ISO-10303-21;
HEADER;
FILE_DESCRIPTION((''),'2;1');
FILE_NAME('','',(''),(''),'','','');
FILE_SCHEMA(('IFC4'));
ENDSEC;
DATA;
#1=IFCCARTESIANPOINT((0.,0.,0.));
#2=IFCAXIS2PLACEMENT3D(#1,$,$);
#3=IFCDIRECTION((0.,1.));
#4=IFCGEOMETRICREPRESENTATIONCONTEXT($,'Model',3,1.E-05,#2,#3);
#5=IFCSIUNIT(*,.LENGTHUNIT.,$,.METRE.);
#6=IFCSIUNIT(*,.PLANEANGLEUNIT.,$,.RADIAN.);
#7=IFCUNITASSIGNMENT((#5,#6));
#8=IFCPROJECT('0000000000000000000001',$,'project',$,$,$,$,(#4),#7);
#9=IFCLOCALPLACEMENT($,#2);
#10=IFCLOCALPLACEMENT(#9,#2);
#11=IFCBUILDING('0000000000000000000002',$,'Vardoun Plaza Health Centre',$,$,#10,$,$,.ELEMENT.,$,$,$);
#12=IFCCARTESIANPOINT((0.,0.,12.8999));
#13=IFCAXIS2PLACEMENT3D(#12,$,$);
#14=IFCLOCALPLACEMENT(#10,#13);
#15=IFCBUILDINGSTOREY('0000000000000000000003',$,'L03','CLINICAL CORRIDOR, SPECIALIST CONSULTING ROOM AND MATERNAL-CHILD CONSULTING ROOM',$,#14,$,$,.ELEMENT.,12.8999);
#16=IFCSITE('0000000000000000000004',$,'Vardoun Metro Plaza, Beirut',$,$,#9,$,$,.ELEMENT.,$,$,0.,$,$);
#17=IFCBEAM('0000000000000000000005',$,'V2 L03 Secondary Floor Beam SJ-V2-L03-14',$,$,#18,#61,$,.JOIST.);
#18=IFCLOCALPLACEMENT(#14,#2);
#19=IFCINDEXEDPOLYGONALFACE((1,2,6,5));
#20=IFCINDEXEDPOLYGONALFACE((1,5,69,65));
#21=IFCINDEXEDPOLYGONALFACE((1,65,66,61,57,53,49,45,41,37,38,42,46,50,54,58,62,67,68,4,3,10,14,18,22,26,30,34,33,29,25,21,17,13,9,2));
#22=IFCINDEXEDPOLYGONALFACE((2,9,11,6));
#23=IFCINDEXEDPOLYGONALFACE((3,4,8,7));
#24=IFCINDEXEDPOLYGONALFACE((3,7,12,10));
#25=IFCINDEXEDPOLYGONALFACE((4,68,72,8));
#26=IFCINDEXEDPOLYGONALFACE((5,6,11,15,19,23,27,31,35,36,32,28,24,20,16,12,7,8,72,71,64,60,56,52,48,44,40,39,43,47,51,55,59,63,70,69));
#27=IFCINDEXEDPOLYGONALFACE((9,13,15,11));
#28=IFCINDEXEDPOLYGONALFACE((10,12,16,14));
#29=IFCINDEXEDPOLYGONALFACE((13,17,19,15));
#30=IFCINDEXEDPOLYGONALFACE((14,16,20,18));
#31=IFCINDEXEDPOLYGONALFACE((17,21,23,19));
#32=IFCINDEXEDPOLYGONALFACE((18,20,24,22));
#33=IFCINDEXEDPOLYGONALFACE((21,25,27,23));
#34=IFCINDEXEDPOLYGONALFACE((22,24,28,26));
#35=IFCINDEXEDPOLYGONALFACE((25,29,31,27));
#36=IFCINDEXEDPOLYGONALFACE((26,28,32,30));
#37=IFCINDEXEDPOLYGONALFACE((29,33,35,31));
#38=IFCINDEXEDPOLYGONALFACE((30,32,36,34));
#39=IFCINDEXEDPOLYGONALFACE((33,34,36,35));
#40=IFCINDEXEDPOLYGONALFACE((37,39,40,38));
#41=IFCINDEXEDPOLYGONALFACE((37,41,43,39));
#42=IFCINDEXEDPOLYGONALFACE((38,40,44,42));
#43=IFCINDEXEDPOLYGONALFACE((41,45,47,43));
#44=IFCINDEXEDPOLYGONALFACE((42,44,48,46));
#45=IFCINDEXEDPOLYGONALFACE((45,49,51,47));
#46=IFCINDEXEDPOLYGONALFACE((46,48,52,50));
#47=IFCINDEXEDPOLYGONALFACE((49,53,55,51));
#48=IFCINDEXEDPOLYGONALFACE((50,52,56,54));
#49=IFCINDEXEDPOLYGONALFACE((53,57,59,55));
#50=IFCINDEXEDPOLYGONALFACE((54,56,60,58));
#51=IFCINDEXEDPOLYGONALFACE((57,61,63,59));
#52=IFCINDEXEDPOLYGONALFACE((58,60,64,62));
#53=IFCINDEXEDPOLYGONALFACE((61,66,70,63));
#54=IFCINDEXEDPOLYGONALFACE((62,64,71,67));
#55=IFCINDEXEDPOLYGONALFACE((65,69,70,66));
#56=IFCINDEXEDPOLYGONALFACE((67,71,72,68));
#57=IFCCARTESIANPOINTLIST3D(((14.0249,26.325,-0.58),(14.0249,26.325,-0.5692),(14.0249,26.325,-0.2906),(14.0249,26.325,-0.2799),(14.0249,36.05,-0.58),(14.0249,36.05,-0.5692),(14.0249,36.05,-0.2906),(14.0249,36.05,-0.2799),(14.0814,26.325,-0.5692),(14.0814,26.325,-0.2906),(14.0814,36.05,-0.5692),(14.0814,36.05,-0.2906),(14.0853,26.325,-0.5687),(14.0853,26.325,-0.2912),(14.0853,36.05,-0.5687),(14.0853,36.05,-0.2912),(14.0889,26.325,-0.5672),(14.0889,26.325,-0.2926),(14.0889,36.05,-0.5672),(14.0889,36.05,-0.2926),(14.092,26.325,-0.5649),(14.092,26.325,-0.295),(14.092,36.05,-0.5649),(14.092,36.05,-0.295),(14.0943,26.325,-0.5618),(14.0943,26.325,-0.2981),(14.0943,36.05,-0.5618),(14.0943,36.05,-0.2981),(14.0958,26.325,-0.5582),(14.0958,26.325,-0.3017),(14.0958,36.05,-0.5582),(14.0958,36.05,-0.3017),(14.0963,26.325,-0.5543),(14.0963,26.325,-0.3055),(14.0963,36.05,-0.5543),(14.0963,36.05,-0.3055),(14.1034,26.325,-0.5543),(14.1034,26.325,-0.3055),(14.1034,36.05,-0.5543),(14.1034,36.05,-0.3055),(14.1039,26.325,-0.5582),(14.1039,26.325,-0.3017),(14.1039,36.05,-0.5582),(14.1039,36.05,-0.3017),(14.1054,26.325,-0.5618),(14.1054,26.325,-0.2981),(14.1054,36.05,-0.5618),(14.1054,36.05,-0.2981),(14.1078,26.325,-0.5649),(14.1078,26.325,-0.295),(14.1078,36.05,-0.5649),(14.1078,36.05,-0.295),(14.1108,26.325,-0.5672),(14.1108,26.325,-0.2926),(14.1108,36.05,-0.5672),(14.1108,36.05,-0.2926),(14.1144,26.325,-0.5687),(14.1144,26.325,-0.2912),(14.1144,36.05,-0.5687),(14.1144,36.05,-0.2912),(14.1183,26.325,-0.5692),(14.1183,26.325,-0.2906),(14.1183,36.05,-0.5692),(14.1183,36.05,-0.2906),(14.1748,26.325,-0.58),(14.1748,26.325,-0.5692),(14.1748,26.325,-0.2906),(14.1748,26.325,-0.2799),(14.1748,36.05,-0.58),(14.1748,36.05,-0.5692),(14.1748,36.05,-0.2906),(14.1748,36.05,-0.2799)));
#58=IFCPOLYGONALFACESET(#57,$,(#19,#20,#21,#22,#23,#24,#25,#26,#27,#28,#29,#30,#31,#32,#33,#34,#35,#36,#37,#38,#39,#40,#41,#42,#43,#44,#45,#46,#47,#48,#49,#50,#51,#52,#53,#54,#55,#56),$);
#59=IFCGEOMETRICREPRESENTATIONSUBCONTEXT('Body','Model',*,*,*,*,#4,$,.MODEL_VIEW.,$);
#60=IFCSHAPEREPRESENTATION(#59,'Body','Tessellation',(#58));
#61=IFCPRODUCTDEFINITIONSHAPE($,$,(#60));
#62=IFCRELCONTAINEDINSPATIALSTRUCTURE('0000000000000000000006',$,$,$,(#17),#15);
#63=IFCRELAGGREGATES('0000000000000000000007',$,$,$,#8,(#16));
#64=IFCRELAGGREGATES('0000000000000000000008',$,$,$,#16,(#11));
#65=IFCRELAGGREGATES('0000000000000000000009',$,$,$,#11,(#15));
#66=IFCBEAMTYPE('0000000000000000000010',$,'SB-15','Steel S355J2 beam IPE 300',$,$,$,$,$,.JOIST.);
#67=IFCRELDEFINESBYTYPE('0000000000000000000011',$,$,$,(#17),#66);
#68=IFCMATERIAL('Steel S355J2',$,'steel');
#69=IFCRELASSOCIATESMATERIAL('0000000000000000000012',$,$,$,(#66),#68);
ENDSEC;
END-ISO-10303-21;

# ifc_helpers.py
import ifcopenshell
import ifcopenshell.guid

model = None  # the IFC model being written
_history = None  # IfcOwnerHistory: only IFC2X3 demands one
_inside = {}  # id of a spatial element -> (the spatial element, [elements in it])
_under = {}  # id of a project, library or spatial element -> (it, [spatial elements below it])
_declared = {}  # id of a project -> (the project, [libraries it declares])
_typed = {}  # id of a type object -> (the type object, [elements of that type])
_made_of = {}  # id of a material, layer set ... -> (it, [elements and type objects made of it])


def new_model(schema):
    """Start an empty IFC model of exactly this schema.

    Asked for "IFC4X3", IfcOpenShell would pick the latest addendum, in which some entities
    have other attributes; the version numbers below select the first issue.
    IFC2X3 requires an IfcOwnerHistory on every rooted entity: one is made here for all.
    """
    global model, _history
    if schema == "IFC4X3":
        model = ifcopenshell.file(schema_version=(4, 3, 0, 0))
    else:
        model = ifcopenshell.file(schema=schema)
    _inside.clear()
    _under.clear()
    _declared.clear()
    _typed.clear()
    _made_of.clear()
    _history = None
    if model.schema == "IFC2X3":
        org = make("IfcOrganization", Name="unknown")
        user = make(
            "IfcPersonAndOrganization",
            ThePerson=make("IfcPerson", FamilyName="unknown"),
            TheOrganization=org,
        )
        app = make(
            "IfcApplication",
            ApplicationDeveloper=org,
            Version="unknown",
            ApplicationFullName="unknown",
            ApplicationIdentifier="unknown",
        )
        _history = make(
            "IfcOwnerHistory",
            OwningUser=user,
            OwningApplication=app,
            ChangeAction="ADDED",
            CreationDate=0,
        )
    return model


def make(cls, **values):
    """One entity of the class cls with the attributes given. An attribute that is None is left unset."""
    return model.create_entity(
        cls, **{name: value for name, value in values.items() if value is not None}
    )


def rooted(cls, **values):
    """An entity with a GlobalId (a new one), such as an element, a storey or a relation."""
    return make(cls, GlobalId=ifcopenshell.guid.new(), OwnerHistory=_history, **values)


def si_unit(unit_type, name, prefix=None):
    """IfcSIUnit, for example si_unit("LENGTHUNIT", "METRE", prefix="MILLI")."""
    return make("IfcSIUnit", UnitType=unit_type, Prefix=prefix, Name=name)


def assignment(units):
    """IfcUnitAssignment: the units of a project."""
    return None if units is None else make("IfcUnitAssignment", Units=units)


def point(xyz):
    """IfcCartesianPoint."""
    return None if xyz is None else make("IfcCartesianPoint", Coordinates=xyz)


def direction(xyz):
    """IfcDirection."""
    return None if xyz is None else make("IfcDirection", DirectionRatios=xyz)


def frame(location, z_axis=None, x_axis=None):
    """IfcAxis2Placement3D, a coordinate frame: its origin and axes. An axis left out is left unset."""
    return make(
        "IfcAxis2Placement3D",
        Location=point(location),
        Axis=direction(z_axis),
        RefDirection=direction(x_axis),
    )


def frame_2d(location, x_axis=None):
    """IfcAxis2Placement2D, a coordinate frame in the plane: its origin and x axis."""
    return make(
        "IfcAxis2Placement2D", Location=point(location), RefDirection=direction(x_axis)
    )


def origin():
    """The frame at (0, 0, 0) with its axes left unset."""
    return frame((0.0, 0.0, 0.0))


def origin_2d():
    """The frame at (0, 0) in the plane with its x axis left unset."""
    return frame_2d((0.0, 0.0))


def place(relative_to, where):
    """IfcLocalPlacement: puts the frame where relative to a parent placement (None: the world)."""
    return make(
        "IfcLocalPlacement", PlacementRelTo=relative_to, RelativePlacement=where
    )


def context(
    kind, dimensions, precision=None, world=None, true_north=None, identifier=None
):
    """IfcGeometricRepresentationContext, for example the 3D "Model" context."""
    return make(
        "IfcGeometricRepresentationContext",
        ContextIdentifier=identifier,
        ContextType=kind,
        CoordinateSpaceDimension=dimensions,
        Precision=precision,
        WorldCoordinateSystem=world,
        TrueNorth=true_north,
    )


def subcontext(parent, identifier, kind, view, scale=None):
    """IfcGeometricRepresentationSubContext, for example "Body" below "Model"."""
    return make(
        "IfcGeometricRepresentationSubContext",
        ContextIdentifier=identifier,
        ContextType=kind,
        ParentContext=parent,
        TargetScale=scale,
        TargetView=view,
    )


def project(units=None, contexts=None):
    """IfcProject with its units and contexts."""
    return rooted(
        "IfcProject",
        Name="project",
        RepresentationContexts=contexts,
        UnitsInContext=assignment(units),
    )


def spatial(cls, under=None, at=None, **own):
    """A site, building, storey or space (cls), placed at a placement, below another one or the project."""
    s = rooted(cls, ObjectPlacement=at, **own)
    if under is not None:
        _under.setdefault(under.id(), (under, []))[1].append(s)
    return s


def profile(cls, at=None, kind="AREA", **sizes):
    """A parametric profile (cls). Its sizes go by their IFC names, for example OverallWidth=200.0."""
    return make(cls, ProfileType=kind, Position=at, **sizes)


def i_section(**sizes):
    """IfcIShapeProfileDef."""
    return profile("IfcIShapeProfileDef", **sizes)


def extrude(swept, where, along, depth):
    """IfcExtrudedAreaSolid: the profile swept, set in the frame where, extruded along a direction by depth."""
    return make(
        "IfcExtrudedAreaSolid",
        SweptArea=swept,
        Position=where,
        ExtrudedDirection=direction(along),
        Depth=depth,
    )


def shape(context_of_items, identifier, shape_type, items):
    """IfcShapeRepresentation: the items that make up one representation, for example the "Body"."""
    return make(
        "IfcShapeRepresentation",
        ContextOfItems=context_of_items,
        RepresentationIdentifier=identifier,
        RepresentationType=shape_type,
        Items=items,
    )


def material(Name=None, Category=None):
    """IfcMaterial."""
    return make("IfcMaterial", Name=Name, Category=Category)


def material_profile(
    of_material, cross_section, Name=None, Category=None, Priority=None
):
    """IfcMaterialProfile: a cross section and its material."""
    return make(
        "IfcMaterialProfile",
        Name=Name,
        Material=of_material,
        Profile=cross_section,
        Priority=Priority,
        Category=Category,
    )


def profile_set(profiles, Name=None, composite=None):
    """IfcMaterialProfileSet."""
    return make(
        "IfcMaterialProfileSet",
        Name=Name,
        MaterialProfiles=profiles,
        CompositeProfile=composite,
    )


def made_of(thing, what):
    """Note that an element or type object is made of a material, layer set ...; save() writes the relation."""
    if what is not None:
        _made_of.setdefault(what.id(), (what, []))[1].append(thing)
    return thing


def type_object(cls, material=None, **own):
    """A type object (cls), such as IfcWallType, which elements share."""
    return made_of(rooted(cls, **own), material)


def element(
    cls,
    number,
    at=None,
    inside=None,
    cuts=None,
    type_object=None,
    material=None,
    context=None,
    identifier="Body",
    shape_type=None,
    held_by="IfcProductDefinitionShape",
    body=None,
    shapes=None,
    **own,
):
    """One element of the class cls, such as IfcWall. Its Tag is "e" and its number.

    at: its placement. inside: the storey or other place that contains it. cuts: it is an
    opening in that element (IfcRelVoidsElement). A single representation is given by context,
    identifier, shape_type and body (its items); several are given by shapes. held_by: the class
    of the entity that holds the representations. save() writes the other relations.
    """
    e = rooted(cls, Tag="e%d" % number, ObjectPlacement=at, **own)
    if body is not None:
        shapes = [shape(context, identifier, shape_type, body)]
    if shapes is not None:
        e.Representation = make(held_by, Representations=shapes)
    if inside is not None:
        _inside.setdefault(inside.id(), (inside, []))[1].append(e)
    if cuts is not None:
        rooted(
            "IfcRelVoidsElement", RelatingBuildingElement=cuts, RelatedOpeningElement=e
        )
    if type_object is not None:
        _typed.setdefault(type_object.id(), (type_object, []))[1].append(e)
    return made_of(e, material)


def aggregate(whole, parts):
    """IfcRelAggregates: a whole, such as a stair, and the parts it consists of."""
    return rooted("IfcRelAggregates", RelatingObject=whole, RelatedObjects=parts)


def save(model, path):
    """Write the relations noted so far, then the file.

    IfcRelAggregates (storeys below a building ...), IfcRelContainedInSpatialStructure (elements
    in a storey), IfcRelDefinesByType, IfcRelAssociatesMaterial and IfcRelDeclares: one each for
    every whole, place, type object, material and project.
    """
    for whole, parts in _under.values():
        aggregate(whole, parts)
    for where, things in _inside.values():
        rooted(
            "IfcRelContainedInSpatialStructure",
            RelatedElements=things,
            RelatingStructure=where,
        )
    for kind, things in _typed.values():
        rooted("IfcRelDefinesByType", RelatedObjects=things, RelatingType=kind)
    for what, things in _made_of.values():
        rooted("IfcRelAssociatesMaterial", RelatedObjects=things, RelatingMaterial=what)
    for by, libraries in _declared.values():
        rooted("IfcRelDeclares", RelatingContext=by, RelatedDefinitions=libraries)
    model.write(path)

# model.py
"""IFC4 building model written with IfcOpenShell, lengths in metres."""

from ifc_helpers import new_model, si_unit, direction, frame, origin, origin_2d, place, context, subcontext, project, spatial, i_section, extrude, material, material_profile, profile_set, type_object, element, save


model = new_model("IFC4")

# Units and contexts
model_context = context("Model", 3, precision=1e-05, world=origin(), true_north=direction((0.0, 1.0)))
body_context = subcontext(model_context, "Body", "Model", "MODEL_VIEW")
ifc_project = project(units=[si_unit("LENGTHUNIT", "METRE"), si_unit("PLANEANGLEUNIT", "RADIAN")], contexts=[model_context])

# Site, building, storey
site_placement = place(None, origin())
site = spatial("IfcSite", under=ifc_project, at=site_placement, Name="Vardoun Metro Plaza, Beirut", CompositionType="ELEMENT", RefElevation=0.0)
building_placement = place(site_placement, origin())
building = spatial("IfcBuilding", under=site, at=building_placement, Name="Vardoun Plaza Health Centre", CompositionType="ELEMENT")
storey_placement = place(building_placement, frame((0.0, 0.0, 12.8999)))
storey = spatial("IfcBuildingStorey", under=building, at=storey_placement, Name="L03", Description="CLINICAL CORRIDOR, SPECIALIST CONSULTING ROOM AND MATERNAL-CHILD CONSULTING ROOM", CompositionType="ELEMENT", Elevation=12.8999)

# Beam
ifc_material_1 = material(Name="Steel S355J2", Category="steel")
ifc_material_profile_1 = material_profile(ifc_material_1, i_section(OverallWidth=0.1499, OverallDepth=0.3, WebThickness=0.0071, FlangeThickness=0.0107, FilletRadius=0.0149, at=origin_2d()), Name="IPE 300")
ifc_profile_set_1 = profile_set([ifc_material_profile_1], Name="Steel S355J2")
beam_type_1 = type_object("IfcBeamType", Name="SB-15", Description="Steel S355J2 beam IPE 300", PredefinedType="JOIST", material=ifc_profile_set_1)
beam_1_placement = place(storey_placement, frame((14.0999, 26.325, -0.4299), z_axis=(0.0, 1.0, 0.0), x_axis=(-1.0, 0.0, 0.0)))
element("IfcBeam", 1, at=beam_1_placement, inside=storey, type_object=beam_type_1, Name="V2 L03 Secondary Floor Beam SJ-V2-L03-14", PredefinedType="JOIST", context=body_context, shape_type="SweptSolid", body=[
    extrude(i_section(OverallWidth=0.1499, OverallDepth=0.3, WebThickness=0.0071, FlangeThickness=0.0107, FilletRadius=0.0149, at=origin_2d()), origin(), (0.0, 0.0, 1.0), 9.7251),
])

save(model, "model.ifc")
